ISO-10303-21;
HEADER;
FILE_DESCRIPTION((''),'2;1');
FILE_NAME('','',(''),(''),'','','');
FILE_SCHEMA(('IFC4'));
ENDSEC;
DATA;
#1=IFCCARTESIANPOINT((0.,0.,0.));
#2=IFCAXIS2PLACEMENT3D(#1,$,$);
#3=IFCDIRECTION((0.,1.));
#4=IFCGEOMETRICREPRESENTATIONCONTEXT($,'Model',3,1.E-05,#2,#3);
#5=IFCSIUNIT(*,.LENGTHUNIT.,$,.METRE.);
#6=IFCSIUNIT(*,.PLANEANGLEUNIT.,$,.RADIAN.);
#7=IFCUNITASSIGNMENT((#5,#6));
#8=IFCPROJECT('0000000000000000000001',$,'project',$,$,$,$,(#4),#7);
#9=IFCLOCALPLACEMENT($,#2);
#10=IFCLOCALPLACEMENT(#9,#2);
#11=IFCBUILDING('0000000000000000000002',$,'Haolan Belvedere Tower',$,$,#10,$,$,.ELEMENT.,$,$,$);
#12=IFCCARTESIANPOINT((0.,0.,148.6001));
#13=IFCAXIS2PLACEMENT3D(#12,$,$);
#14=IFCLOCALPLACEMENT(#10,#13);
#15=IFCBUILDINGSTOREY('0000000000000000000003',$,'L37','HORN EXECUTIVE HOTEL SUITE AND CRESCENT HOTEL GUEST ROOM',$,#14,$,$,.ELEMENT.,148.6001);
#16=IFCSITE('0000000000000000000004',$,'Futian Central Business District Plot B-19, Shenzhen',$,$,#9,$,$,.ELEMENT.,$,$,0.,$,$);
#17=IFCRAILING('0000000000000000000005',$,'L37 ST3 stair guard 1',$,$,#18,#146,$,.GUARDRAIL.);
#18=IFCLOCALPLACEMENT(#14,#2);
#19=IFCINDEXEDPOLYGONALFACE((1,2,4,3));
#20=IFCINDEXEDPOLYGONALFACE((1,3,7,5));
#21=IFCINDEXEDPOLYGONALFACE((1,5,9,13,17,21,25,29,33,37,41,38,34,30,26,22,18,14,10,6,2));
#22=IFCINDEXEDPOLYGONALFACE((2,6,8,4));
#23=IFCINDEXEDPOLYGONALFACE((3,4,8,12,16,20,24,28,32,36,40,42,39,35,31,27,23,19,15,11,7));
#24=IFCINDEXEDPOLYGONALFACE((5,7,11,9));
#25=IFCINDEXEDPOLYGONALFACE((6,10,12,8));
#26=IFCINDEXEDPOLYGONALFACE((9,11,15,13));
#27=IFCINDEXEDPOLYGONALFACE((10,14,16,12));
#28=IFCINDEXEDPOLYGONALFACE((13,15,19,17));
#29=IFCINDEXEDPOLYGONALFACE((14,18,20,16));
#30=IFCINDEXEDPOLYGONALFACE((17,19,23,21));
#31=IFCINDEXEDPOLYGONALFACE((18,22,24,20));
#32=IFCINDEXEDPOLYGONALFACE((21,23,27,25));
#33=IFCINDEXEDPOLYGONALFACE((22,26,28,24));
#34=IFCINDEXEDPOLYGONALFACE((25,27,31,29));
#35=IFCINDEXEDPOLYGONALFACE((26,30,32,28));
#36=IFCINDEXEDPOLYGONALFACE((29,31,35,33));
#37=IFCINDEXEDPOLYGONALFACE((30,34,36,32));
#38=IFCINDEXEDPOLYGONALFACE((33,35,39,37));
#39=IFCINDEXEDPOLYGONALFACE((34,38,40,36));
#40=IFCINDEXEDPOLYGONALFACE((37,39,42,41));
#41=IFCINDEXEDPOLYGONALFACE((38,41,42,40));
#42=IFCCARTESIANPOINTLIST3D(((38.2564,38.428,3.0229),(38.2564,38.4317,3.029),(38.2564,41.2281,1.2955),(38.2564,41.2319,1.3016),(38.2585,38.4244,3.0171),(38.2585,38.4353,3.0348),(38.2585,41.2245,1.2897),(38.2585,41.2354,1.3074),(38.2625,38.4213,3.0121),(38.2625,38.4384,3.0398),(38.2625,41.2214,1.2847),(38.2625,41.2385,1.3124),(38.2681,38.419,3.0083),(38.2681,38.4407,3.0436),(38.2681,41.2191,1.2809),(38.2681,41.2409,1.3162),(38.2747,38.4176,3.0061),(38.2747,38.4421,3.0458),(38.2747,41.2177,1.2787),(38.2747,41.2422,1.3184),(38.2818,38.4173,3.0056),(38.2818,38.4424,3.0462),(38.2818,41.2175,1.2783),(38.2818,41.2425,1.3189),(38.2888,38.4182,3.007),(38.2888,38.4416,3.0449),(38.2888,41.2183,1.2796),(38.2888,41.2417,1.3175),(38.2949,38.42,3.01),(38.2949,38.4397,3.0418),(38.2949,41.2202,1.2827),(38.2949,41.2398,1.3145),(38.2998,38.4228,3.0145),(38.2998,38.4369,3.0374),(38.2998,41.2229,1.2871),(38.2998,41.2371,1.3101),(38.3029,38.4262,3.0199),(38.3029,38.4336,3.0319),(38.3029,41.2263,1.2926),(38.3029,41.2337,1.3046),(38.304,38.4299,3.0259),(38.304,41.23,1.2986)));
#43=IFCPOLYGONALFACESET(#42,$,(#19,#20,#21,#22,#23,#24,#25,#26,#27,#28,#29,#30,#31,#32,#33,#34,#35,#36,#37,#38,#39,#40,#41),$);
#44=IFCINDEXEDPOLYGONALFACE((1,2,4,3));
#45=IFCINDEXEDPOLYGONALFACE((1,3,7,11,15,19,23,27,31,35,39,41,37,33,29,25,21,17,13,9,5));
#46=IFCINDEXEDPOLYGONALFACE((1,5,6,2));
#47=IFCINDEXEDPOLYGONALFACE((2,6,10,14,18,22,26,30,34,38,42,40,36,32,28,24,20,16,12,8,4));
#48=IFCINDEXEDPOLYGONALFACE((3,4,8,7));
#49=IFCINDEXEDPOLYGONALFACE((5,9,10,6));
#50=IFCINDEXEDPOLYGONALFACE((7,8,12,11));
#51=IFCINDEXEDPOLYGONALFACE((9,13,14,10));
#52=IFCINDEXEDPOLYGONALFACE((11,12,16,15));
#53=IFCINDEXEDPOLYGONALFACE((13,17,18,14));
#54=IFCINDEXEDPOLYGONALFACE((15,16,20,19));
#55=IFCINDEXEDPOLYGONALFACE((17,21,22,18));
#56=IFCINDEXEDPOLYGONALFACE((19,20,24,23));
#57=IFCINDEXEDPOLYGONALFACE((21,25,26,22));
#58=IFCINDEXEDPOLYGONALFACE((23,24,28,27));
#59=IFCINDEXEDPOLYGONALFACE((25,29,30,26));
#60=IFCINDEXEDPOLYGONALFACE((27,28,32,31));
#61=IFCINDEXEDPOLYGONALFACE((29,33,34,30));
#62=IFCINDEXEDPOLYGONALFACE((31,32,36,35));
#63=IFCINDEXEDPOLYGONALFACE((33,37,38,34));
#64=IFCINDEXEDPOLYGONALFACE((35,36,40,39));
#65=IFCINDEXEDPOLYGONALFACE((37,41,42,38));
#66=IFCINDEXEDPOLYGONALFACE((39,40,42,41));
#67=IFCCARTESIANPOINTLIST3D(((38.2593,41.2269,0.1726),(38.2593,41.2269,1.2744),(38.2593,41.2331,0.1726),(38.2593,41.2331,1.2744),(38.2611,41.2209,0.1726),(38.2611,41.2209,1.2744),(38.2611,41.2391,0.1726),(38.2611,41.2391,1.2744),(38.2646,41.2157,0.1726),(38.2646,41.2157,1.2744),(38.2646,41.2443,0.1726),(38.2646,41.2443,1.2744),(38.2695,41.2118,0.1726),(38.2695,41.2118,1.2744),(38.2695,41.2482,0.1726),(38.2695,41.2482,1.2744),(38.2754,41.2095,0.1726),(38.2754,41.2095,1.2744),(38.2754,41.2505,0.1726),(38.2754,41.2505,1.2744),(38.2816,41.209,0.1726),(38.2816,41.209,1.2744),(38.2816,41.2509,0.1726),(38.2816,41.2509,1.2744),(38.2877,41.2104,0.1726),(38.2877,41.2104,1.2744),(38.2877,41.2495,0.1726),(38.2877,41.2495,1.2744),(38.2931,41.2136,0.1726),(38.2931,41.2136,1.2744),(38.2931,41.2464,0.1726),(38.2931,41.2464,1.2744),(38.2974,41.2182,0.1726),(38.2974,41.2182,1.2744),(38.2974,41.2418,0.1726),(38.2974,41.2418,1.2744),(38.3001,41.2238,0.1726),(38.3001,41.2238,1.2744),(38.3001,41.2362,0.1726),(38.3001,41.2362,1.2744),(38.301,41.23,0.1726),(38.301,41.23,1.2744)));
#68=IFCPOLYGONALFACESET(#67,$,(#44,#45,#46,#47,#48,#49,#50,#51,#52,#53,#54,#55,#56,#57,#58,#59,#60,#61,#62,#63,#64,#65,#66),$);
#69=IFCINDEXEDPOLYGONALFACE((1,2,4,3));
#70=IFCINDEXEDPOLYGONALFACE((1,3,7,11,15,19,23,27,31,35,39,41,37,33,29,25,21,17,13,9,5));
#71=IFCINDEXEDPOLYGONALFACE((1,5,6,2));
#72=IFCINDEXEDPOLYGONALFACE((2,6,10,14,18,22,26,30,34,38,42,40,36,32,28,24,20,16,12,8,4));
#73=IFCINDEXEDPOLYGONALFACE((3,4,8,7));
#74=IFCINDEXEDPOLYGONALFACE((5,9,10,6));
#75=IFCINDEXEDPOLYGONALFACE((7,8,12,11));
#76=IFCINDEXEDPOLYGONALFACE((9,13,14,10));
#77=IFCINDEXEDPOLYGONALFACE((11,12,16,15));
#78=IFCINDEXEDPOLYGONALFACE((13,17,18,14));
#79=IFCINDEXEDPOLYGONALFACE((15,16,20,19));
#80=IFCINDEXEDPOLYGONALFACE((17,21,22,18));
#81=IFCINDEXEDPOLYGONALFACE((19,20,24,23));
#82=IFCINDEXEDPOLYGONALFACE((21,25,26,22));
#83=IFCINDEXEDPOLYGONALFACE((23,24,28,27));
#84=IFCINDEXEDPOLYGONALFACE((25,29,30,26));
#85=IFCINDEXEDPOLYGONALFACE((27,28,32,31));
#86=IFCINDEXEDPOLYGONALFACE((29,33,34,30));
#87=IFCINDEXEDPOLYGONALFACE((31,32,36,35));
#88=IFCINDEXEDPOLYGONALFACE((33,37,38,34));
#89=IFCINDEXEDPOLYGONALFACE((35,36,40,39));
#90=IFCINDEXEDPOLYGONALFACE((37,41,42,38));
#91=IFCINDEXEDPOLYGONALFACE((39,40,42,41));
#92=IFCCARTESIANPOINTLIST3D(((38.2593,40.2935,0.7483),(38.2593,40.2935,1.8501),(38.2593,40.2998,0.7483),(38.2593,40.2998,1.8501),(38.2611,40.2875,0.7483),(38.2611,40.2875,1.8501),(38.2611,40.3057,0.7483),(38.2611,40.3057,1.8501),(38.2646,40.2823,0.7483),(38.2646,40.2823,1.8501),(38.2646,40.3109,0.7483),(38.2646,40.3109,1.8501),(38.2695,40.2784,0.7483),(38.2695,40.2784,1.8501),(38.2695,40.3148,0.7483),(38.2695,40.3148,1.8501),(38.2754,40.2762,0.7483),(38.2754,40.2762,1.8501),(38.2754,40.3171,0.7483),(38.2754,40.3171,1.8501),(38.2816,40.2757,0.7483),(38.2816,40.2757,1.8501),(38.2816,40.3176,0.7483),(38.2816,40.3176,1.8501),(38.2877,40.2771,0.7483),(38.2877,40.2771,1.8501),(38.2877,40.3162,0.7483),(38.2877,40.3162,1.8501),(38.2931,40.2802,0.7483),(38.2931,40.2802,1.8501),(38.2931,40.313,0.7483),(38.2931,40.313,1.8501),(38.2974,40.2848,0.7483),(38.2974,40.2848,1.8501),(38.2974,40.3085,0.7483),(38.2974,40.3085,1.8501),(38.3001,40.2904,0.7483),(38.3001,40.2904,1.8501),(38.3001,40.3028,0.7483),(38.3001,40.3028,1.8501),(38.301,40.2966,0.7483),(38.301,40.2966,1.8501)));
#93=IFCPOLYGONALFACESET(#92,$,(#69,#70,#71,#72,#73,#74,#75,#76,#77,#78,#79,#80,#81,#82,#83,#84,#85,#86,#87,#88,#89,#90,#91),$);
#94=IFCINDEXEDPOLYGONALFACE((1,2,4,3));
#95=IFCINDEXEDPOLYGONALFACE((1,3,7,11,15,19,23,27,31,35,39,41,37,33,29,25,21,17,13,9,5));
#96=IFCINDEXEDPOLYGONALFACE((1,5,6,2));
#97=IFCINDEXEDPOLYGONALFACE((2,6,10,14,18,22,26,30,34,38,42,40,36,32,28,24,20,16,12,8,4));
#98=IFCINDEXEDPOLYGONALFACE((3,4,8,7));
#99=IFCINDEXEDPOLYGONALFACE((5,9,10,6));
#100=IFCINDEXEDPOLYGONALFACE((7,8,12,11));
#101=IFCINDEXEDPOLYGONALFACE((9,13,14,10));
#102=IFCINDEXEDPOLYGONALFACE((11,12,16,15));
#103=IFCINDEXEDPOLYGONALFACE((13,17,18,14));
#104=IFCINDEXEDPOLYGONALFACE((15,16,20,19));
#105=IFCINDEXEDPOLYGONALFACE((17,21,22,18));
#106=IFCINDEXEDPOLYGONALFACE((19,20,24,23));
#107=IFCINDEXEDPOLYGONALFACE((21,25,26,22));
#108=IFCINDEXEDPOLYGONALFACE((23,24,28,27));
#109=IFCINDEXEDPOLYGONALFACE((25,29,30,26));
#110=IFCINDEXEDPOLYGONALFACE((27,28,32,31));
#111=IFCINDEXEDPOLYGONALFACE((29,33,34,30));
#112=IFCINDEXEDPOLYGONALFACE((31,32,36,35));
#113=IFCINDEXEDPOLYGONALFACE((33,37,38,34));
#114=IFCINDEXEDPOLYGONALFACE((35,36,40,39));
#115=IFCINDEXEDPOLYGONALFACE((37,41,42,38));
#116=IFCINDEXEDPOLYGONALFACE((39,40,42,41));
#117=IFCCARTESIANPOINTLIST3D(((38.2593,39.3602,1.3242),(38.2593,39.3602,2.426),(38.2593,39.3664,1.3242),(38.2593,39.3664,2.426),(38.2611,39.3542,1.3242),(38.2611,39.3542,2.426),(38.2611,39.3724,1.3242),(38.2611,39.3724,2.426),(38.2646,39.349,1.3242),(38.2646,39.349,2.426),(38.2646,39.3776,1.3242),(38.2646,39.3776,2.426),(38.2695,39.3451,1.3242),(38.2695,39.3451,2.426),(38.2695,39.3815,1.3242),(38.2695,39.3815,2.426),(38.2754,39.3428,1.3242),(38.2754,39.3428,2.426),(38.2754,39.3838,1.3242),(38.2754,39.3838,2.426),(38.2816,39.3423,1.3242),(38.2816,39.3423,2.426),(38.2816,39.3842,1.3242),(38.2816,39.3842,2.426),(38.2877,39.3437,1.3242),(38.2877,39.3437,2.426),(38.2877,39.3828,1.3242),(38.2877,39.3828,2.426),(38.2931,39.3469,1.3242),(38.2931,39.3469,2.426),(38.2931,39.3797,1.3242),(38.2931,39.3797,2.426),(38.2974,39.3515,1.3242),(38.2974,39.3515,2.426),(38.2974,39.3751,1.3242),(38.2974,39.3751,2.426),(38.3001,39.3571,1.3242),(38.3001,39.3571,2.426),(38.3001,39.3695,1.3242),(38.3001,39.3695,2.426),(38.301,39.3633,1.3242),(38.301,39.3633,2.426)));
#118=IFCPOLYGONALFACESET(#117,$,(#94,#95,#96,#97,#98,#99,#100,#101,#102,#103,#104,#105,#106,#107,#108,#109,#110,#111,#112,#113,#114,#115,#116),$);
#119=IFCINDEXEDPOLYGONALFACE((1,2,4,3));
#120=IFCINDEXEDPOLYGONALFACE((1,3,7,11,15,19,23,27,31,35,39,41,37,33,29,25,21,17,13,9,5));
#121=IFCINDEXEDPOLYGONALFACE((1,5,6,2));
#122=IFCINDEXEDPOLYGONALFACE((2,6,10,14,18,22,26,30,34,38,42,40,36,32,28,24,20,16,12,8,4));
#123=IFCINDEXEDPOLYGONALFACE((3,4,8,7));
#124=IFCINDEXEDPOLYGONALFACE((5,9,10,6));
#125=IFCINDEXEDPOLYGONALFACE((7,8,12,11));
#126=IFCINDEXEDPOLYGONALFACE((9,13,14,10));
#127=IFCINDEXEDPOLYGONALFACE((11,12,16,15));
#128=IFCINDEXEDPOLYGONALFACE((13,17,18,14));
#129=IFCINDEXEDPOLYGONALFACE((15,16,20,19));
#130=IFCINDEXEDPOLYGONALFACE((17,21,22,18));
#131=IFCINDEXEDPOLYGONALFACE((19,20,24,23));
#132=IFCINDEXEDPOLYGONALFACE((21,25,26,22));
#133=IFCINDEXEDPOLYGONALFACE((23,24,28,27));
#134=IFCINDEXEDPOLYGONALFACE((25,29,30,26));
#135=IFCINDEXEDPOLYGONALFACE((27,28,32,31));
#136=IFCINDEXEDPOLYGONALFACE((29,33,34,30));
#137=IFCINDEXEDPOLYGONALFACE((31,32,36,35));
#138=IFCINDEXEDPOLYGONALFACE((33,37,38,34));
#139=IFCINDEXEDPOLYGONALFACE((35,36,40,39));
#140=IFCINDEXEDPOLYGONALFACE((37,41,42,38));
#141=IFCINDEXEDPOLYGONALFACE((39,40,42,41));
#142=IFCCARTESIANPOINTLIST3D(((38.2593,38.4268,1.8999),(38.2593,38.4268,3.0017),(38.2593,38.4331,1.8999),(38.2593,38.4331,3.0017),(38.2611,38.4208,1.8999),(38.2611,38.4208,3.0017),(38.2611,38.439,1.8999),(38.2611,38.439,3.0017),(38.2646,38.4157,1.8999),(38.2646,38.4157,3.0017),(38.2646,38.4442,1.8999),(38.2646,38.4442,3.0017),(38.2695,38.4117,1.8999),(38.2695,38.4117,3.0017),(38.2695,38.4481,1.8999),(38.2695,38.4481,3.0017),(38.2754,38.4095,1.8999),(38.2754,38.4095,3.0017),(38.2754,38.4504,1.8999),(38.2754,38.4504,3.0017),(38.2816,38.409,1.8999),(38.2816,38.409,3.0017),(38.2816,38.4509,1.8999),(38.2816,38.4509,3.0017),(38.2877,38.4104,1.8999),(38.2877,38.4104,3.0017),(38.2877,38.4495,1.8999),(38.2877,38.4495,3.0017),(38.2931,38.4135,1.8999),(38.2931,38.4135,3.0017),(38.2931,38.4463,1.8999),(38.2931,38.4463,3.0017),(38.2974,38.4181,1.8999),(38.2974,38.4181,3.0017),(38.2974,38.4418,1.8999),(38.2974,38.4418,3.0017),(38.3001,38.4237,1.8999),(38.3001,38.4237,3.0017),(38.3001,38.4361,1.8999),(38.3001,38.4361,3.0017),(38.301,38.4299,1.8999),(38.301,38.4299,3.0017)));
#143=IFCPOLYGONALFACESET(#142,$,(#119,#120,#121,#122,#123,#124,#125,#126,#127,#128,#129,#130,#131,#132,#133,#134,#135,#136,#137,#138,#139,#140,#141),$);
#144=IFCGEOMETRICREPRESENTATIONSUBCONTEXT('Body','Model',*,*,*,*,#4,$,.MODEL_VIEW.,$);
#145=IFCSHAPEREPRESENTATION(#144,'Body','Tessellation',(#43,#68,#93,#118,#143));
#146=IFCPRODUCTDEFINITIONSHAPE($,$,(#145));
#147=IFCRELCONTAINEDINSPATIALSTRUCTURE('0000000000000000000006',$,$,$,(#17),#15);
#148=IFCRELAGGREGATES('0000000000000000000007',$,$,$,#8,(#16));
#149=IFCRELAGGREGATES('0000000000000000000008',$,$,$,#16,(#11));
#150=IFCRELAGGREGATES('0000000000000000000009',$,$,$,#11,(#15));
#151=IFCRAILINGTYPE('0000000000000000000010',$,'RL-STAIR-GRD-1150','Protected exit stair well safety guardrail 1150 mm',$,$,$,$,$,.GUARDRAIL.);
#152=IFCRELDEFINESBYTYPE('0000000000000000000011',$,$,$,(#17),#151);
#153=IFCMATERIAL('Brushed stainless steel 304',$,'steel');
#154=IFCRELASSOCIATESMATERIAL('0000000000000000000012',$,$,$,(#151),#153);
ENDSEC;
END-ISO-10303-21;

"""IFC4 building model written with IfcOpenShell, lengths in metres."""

from ifc_helpers import new_model, si_unit, direction, frame, origin, origin_2d, place, context, subcontext, project, spatial, circle, extrude, material, type_object, element, save


model = new_model("IFC4")

# Units and contexts
model_context = context("Model", 3, precision=1e-05, world=origin(), true_north=direction((0.0, 1.0)))
body_context = subcontext(model_context, "Body", "Model", "MODEL_VIEW")
ifc_project = project(units=[si_unit("LENGTHUNIT", "METRE"), si_unit("PLANEANGLEUNIT", "RADIAN")], contexts=[model_context])

# Site, building, storey
site_placement = place(None, origin())
site = spatial("IfcSite", under=ifc_project, at=site_placement, Name="Futian Central Business District Plot B-19, Shenzhen", CompositionType="ELEMENT", RefElevation=0.0)
building_placement = place(site_placement, origin())
building = spatial("IfcBuilding", under=site, at=building_placement, Name="Haolan Belvedere Tower", CompositionType="ELEMENT")
storey_placement = place(building_placement, frame((0.0, 0.0, 148.6001)))
storey = spatial("IfcBuildingStorey", under=building, at=storey_placement, Name="L37", Description="HORN EXECUTIVE HOTEL SUITE AND CRESCENT HOTEL GUEST ROOM", CompositionType="ELEMENT", Elevation=148.6001)

# Railing
ifc_material_1 = material(Name="Brushed stainless steel 304", Category="steel")
railing_type_1 = type_object("IfcRailingType", Name="RL-STAIR-GRD-1150", Description="Protected exit stair well safety guardrail 1150 mm", PredefinedType="GUARDRAIL", material=ifc_material_1)
railing_1_placement = place(storey_placement, frame((38.28, 41.23, 0.1726)))
element("IfcRailing", 1, at=railing_1_placement, inside=storey, type_object=railing_type_1, Name="L37 ST3 stair guard 1", PredefinedType="GUARDRAIL", context=body_context, shape_type="SweptSolid", body=[
    extrude(circle(Radius=0.0239, at=origin_2d()), frame((0.0, 0.0, 1.126), z_axis=(0.0, -0.85109, 0.52502), x_axis=(1.0, 0.0, 0.0)), (0.0, 0.0, 1.0), 3.29),
    extrude(circle(Radius=0.021, at=origin_2d()), origin(), (0.0, 0.0, 1.0), 1.1018),
    extrude(circle(Radius=0.021, at=origin_2d()), frame((0.0, -0.9333, 0.5757)), (0.0, 0.0, 1.0), 1.1018),
    extrude(circle(Radius=0.021, at=origin_2d()), frame((0.0, -1.8667, 1.1516)), (0.0, 0.0, 1.0), 1.1018),
    extrude(circle(Radius=0.021, at=origin_2d()), frame((0.0, -2.8, 1.7273)), (0.0, 0.0, 1.0), 1.1018),
])

save(model, "model.ifc")
